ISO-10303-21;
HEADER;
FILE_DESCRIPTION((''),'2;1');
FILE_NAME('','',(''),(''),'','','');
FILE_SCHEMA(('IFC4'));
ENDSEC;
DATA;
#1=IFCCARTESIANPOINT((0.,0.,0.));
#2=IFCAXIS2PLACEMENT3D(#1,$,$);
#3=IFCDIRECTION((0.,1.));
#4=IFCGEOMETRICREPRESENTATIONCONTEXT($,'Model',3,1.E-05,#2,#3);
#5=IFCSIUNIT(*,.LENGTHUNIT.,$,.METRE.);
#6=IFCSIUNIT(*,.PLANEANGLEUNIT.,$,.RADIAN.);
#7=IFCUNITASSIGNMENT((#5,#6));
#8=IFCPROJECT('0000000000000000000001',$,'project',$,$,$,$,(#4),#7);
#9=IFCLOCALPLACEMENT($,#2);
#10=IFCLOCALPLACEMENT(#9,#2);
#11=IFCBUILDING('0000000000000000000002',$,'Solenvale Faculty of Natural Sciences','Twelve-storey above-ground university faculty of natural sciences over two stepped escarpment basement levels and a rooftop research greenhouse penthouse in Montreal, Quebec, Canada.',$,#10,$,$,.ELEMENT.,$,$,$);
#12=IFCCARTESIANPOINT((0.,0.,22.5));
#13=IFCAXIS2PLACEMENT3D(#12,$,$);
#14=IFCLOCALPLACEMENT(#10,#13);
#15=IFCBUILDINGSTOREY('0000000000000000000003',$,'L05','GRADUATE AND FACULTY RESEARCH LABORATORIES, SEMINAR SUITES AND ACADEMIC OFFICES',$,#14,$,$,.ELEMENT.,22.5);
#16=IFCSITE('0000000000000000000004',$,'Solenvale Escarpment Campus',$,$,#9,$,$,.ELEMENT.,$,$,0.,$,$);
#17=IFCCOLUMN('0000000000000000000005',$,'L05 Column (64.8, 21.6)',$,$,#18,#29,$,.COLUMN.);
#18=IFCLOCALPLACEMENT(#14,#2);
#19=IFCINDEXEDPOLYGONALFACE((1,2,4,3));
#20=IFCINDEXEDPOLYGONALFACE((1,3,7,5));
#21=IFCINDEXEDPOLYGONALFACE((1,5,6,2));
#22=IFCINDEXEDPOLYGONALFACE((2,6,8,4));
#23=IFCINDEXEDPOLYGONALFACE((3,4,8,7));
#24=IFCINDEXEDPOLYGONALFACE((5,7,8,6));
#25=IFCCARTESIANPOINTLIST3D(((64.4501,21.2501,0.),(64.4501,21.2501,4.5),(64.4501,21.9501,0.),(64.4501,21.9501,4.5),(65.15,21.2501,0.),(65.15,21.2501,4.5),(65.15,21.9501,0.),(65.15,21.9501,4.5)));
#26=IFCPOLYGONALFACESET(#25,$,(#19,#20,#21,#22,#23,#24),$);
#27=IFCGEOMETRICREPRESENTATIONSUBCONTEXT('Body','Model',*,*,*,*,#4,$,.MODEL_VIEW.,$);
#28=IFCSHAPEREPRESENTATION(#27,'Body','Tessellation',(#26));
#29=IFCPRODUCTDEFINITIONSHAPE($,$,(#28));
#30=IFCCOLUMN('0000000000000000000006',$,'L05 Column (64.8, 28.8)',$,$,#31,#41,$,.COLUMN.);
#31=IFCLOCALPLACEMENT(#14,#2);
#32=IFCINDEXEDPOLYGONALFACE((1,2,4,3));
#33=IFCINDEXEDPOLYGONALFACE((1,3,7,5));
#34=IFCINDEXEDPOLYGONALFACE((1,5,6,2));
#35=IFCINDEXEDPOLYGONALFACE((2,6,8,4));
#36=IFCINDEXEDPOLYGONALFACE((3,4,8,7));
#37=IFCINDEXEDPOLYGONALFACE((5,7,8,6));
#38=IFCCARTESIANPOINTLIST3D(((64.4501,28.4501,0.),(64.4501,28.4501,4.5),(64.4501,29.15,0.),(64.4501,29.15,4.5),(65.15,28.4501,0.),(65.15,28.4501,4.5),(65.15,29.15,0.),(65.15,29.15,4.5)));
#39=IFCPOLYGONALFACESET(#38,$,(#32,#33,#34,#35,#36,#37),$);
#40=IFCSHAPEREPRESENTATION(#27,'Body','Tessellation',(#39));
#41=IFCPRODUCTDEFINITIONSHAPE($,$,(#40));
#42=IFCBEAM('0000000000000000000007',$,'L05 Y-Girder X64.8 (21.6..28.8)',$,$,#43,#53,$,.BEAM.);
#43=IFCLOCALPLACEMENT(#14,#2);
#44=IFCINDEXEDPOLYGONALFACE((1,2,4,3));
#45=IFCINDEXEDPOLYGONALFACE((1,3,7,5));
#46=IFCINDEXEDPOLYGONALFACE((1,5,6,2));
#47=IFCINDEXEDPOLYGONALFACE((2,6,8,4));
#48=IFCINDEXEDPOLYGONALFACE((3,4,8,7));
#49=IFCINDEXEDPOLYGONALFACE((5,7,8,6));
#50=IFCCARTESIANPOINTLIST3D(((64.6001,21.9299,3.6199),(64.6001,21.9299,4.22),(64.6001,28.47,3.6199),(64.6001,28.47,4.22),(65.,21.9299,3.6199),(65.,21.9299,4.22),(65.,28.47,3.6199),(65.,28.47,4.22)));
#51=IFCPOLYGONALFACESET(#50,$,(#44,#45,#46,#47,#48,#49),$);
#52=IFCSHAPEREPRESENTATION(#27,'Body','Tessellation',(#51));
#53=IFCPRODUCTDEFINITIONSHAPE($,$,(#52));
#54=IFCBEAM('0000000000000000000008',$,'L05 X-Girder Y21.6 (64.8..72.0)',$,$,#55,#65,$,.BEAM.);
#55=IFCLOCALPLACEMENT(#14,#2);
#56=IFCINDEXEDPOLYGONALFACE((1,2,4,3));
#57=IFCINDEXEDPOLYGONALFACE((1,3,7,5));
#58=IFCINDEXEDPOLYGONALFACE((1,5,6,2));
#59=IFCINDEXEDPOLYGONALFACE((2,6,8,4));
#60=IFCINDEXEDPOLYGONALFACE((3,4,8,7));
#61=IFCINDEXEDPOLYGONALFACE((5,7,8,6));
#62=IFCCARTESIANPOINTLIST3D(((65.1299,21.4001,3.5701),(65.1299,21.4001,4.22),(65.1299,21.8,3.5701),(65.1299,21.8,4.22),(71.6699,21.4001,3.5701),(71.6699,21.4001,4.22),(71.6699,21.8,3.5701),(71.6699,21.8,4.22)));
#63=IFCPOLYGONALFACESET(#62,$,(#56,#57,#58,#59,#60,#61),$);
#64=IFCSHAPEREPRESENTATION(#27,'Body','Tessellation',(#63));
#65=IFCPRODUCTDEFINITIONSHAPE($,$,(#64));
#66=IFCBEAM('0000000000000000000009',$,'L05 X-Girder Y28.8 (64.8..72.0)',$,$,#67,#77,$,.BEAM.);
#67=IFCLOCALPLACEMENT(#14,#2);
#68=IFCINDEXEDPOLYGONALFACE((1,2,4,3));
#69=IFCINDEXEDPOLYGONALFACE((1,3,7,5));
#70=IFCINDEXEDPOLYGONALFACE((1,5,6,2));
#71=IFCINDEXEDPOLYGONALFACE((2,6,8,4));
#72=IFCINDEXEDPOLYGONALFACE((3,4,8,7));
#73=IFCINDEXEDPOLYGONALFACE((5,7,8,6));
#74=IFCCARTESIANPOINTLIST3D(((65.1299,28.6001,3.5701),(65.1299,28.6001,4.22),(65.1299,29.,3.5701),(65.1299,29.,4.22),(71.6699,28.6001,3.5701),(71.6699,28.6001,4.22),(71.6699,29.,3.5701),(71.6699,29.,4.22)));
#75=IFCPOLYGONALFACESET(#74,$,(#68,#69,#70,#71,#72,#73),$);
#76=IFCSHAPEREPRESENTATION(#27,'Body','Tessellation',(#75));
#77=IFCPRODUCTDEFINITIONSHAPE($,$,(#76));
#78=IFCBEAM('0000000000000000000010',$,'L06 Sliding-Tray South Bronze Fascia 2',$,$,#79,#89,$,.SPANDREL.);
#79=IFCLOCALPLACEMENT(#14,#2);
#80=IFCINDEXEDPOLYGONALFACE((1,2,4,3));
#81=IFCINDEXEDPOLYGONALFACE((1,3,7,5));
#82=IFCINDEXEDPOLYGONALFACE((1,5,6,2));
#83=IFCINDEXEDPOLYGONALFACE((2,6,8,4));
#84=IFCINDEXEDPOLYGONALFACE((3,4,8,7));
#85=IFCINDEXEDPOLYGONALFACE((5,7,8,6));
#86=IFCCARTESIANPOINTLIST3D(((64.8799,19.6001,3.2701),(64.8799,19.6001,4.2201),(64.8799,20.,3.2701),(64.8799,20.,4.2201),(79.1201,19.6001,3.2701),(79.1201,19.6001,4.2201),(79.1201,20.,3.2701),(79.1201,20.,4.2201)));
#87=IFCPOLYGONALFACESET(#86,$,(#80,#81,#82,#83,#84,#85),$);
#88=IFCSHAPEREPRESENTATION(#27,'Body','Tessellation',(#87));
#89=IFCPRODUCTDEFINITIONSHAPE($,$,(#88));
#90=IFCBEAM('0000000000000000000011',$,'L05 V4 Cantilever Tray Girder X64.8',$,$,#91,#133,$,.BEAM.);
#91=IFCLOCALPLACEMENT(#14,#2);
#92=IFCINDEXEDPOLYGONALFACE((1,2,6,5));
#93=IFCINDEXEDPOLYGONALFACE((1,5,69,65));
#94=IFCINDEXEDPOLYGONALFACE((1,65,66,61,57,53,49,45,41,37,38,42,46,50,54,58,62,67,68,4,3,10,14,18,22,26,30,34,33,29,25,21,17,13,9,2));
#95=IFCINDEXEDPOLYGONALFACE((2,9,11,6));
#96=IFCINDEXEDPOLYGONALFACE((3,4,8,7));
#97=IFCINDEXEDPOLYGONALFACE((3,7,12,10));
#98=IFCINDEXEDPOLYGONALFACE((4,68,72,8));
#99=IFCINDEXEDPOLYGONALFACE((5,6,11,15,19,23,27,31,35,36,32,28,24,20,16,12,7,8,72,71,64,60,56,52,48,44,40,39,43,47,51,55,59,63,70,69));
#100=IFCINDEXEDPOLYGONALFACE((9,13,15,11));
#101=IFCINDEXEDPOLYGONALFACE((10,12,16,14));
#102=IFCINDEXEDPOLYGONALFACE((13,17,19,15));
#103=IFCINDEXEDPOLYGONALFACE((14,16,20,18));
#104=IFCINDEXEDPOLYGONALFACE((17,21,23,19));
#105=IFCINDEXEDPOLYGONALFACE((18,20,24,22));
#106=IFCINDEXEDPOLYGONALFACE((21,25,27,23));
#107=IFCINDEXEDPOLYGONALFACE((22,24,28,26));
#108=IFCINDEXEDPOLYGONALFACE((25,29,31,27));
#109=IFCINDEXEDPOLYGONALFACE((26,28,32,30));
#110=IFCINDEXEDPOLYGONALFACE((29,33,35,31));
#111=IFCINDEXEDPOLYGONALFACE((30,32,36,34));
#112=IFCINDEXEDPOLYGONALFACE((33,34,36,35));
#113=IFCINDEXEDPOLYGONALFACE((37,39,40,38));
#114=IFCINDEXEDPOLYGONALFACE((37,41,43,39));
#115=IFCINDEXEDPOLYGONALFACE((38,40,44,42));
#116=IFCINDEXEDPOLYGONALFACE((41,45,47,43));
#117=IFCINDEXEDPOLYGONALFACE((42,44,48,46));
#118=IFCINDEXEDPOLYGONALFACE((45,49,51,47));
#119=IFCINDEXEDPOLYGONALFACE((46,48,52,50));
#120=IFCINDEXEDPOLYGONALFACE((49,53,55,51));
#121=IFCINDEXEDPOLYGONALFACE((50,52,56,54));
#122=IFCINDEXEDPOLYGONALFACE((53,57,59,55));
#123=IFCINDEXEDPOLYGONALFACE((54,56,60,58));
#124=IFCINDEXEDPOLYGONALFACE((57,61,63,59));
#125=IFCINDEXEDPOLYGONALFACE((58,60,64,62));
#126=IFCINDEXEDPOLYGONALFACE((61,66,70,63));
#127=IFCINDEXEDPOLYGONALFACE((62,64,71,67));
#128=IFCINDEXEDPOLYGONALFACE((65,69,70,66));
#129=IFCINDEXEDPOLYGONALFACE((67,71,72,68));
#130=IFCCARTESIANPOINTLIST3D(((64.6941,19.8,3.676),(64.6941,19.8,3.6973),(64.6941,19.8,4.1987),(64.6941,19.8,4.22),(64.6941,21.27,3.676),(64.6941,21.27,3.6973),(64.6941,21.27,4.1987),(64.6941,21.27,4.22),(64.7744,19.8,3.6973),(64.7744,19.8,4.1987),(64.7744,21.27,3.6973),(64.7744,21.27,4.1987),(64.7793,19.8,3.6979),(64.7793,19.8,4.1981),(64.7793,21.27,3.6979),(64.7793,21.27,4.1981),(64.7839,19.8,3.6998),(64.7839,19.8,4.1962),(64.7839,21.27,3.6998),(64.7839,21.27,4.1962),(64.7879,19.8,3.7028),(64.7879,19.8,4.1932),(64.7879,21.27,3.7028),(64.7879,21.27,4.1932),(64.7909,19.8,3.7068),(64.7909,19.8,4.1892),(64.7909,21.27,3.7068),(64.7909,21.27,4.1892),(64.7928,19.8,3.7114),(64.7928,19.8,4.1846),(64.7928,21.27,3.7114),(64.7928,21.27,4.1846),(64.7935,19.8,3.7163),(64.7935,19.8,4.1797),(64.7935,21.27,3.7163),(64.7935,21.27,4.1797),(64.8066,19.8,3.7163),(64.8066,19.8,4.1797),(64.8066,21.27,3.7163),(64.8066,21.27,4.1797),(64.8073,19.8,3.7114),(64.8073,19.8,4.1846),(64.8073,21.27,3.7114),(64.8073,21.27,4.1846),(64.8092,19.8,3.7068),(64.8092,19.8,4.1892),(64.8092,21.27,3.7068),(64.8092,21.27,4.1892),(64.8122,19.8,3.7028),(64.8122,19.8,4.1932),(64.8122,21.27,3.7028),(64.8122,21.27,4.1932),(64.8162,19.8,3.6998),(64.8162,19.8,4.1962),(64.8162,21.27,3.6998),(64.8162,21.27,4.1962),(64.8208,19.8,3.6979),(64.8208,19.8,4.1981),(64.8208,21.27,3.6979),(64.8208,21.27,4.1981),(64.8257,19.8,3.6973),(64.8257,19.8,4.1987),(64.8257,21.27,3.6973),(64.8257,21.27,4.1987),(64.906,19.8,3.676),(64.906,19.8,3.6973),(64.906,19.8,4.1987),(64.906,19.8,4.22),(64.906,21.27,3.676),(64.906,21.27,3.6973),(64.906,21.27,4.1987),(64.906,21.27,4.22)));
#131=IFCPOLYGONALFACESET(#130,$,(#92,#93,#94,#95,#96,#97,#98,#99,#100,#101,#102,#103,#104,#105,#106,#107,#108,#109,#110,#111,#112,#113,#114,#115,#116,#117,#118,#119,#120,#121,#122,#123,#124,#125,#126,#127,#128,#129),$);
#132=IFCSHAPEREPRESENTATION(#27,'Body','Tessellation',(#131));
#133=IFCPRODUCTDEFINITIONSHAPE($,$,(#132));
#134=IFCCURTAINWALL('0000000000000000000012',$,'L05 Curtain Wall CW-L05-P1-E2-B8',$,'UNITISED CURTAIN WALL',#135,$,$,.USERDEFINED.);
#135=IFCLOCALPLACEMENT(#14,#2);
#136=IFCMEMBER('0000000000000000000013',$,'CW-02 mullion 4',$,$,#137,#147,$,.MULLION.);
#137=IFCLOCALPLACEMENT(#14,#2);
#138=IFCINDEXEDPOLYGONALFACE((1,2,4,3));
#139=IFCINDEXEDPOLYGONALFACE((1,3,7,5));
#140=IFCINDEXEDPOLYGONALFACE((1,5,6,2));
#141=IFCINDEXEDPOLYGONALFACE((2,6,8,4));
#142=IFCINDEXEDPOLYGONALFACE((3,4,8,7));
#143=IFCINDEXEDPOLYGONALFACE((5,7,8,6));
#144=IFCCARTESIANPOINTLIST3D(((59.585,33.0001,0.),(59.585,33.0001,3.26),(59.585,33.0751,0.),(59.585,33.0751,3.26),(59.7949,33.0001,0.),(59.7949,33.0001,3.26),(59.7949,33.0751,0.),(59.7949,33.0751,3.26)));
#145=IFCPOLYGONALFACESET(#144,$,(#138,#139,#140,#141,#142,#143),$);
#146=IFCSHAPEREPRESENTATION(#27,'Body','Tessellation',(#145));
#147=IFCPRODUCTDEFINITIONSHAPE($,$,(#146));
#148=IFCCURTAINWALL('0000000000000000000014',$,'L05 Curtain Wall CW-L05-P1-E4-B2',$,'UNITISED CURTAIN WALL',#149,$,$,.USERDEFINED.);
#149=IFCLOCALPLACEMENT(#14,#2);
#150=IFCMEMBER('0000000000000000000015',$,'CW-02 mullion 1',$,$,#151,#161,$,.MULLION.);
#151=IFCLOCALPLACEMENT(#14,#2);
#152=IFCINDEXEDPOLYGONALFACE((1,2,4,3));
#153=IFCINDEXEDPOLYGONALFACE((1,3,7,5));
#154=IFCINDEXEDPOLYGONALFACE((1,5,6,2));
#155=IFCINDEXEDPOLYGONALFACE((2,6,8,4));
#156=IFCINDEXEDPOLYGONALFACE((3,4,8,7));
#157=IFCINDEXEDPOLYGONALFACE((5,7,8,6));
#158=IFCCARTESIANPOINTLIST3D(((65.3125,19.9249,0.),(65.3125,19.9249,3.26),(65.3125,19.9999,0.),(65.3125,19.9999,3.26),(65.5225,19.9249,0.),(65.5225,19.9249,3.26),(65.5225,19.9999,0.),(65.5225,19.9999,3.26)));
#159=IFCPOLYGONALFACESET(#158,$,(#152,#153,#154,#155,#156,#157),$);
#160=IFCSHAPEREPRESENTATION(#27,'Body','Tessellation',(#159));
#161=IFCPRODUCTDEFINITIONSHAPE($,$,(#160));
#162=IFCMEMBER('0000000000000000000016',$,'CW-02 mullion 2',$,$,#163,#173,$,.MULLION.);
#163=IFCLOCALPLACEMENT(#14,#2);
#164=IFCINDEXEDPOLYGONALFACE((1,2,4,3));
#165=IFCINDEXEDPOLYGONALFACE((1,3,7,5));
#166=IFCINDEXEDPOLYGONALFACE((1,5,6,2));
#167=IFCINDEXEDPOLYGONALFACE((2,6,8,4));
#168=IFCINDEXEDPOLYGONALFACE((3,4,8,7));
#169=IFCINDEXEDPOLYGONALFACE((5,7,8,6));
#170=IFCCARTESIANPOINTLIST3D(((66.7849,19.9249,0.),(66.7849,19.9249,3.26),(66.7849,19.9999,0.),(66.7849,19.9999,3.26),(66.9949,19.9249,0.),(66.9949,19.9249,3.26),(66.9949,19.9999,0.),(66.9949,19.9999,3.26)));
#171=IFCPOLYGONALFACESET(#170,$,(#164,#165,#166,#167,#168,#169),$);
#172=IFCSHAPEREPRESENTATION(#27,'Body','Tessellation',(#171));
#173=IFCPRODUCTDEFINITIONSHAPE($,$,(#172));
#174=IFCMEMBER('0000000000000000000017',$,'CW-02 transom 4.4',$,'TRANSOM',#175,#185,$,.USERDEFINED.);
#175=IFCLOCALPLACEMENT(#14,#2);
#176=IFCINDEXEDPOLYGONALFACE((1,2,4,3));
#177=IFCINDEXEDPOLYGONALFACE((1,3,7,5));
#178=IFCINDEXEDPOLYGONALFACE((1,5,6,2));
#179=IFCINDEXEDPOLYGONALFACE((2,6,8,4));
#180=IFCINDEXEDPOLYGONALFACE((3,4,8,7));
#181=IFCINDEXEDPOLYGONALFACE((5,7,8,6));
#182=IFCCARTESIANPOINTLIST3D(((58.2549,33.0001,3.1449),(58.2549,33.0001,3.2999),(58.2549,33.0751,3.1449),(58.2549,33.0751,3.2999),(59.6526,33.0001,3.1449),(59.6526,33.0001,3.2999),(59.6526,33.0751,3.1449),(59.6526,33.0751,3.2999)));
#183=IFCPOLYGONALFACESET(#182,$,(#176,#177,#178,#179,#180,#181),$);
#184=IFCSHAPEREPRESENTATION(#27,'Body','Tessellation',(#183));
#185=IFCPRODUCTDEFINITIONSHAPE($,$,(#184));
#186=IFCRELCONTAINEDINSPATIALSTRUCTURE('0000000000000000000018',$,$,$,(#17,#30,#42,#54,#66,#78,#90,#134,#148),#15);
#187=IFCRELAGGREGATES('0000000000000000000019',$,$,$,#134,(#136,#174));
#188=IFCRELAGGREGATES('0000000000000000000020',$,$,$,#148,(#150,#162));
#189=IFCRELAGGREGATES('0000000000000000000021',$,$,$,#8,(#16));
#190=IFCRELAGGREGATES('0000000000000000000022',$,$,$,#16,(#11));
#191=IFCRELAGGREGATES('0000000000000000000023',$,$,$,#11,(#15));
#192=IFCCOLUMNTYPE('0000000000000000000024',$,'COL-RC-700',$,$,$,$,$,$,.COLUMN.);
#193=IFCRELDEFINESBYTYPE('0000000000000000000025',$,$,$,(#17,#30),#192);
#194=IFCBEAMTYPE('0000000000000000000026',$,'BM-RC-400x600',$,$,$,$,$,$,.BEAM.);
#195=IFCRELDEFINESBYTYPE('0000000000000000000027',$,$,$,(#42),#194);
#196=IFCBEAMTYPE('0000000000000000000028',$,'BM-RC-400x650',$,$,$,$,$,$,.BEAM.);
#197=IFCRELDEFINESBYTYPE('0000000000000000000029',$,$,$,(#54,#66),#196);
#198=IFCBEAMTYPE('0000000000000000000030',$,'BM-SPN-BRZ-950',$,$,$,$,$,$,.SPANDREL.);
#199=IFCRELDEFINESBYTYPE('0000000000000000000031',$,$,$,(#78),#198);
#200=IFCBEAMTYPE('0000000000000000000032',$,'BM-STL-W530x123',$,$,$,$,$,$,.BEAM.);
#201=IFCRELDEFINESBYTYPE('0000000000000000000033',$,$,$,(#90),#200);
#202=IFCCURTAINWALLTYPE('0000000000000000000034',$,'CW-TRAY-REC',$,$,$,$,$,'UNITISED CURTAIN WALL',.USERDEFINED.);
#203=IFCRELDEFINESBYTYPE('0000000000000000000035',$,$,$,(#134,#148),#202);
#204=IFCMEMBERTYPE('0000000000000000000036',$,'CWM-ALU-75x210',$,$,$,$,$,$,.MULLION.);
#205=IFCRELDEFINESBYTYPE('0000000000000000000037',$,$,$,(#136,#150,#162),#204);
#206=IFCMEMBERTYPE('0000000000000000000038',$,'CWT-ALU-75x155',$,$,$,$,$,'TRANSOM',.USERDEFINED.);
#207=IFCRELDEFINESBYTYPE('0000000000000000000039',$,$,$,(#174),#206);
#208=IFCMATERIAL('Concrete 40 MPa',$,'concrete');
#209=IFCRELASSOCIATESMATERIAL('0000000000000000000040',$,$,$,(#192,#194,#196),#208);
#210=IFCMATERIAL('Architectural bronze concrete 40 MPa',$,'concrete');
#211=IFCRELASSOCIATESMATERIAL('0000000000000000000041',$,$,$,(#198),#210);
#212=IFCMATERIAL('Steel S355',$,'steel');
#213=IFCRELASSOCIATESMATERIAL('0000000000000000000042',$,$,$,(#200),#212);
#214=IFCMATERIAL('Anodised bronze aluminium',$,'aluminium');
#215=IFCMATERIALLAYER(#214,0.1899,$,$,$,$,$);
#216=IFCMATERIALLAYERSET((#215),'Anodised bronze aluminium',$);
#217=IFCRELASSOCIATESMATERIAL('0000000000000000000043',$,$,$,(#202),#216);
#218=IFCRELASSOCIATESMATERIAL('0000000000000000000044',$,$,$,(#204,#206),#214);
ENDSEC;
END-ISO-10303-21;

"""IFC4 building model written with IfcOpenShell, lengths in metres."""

from ifc_helpers import new_model, si_unit, direction, frame, origin, origin_2d, place, context, subcontext, project, spatial, rectangle, i_section, extrude, material, layer, layer_set, material_profile, profile_set, type_object, element, aggregate, save


model = new_model("IFC4")

# Units and contexts
model_context = context("Model", 3, precision=1e-05, world=origin(), true_north=direction((0.0, 1.0)))
body_context = subcontext(model_context, "Body", "Model", "MODEL_VIEW")
ifc_project = project(units=[si_unit("LENGTHUNIT", "METRE"), si_unit("PLANEANGLEUNIT", "RADIAN")], contexts=[model_context])

# Site, building, storey
site_placement = place(None, origin())
site = spatial("IfcSite", under=ifc_project, at=site_placement, Name="Solenvale Escarpment Campus", CompositionType="ELEMENT", RefElevation=0.0)
building_placement = place(site_placement, origin())
building = spatial("IfcBuilding", under=site, at=building_placement, Name="Solenvale Faculty of Natural Sciences", Description="Twelve-storey above-ground university faculty of natural sciences over two stepped escarpment basement levels and a rooftop research greenhouse penthouse in Montreal, Quebec, Canada.", CompositionType="ELEMENT")
storey_placement = place(building_placement, frame((0.0, 0.0, 22.5)))
storey = spatial("IfcBuildingStorey", under=building, at=storey_placement, Name="L05", Description="GRADUATE AND FACULTY RESEARCH LABORATORIES, SEMINAR SUITES AND ACADEMIC OFFICES", CompositionType="ELEMENT", Elevation=22.5)

# Columns
ifc_material_1 = material(Name="Concrete 40 MPa", Category="concrete")
ifc_material_profile_1 = material_profile(ifc_material_1, rectangle(XDim=0.7, YDim=0.7, at=origin_2d()), Name="RC-COL-700x700")
ifc_profile_set_1 = profile_set([ifc_material_profile_1], Name="Concrete 40 MPa")
column_type = type_object("IfcColumnType", Name="COL-RC-700", PredefinedType="COLUMN", material=ifc_profile_set_1)
for number, where, z_axis, x_axis, name in (
    (1, (64.8, 21.6001, 0.0), (0.0, 0.0, 1.0), (1.0, 0.0, 0.0), "L05 Column (64.8, 21.6)"),
    (2, (64.8, 28.8, 0.0), (0.0, 0.0, 1.0), (1.0, 0.0, 0.0), "L05 Column (64.8, 28.8)"),
):
    element("IfcColumn", number, at=place(storey_placement, frame(where, z_axis=z_axis, x_axis=x_axis)), inside=storey, type_object=column_type, Name=name, PredefinedType="COLUMN", context=body_context, shape_type="SweptSolid", body=[
        extrude(rectangle(XDim=0.7, YDim=0.7, at=origin_2d()), origin(), (0.0, 0.0, 1.0), 4.5),
    ])

# Beams
ifc_material_profile_2 = material_profile(ifc_material_1, rectangle(XDim=0.3999, YDim=0.6001, at=origin_2d()), Name="RC-BM-400x600")
ifc_profile_set_2 = profile_set([ifc_material_profile_2], Name="Concrete 40 MPa")
beam_type_1 = type_object("IfcBeamType", Name="BM-RC-400x600", PredefinedType="BEAM", material=ifc_profile_set_2)
beam_1_placement = place(storey_placement, frame((64.8, 21.9299, 3.9199), z_axis=(0.0, 1.0, 0.0), x_axis=(-1.0, 0.0, 0.0)))
element("IfcBeam", 3, at=beam_1_placement, inside=storey, type_object=beam_type_1, Name="L05 Y-Girder X64.8 (21.6..28.8)", PredefinedType="BEAM", context=body_context, shape_type="SweptSolid", body=[
    extrude(rectangle(XDim=0.3999, YDim=0.6001, at=origin_2d()), origin(), (0.0, 0.0, 1.0), 6.54),
])
ifc_material_profile_3 = material_profile(ifc_material_1, rectangle(XDim=0.3999, YDim=0.6499, at=origin_2d()), Name="RC-BM-400x650")
ifc_profile_set_3 = profile_set([ifc_material_profile_3], Name="Concrete 40 MPa")
beam_type_2 = type_object("IfcBeamType", Name="BM-RC-400x650", PredefinedType="BEAM", material=ifc_profile_set_3)
for number, where, z_axis, x_axis, name in (
    (4, (65.1299, 21.6001, 3.895), (1.0, 0.0, 0.0), (0.0, 1.0, 0.0), "L05 X-Girder Y21.6 (64.8..72.0)"),
    (5, (65.1299, 28.8, 3.895), (1.0, 0.0, 0.0), (0.0, 1.0, 0.0), "L05 X-Girder Y28.8 (64.8..72.0)"),
):
    element("IfcBeam", number, at=place(storey_placement, frame(where, z_axis=z_axis, x_axis=x_axis)), inside=storey, type_object=beam_type_2, Name=name, PredefinedType="BEAM", context=body_context, shape_type="SweptSolid", body=[
        extrude(rectangle(XDim=0.3999, YDim=0.6499, at=origin_2d()), origin(), (0.0, 0.0, 1.0), 6.54),
    ])
ifc_material_2 = material(Name="Architectural bronze concrete 40 MPa", Category="concrete")
ifc_material_profile_4 = material_profile(ifc_material_2, rectangle(XDim=0.3999, YDim=0.95, at=origin_2d()), Name="RC-SPN-400x950")
ifc_profile_set_4 = profile_set([ifc_material_profile_4], Name="Architectural bronze concrete 40 MPa")
beam_type_3 = type_object("IfcBeamType", Name="BM-SPN-BRZ-950", PredefinedType="SPANDREL", material=ifc_profile_set_4)
beam_2_placement = place(storey_placement, frame((64.8799, 19.8, 3.7451), z_axis=(1.0, 0.0, 0.0), x_axis=(0.0, 1.0, 0.0)))
element("IfcBeam", 6, at=beam_2_placement, inside=storey, type_object=beam_type_3, Name="L06 Sliding-Tray South Bronze Fascia 2", PredefinedType="SPANDREL", context=body_context, shape_type="SweptSolid", body=[
    extrude(rectangle(XDim=0.3999, YDim=0.95, at=origin_2d()), origin(), (0.0, 0.0, 1.0), 14.2402),
])
ifc_material_3 = material(Name="Steel S355", Category="steel")
ifc_material_profile_5 = material_profile(ifc_material_3, i_section(OverallWidth=0.2119, OverallDepth=0.5439, WebThickness=0.0132, FlangeThickness=0.0212, FilletRadius=0.019, at=origin_2d()), Name="W530x123")
ifc_profile_set_5 = profile_set([ifc_material_profile_5], Name="Steel S355")
beam_type_4 = type_object("IfcBeamType", Name="BM-STL-W530x123", PredefinedType="BEAM", material=ifc_profile_set_5)
beam_3_placement = place(storey_placement, frame((64.8, 21.27, 3.948), z_axis=(0.0, -1.0, 0.0), x_axis=(1.0, 0.0, 0.0)))
element("IfcBeam", 7, at=beam_3_placement, inside=storey, type_object=beam_type_4, Name="L05 V4 Cantilever Tray Girder X64.8", PredefinedType="BEAM", context=body_context, shape_type="SweptSolid", body=[
    extrude(i_section(OverallWidth=0.2119, OverallDepth=0.5439, WebThickness=0.0132, FlangeThickness=0.0212, FilletRadius=0.019, at=origin_2d()), origin(), (0.0, 0.0, 1.0), 1.47),
])

# Curtain wall, member
ifc_material_4 = material(Name="Anodised bronze aluminium", Category="aluminium")
ifc_layer_1 = layer(ifc_material_4, 0.1899)
ifc_layer_set_1 = layer_set([ifc_layer_1], Name="Anodised bronze aluminium")
curtain_wall_type = type_object("IfcCurtainWallType", Name="CW-TRAY-REC", ElementType="UNITISED CURTAIN WALL", PredefinedType="USERDEFINED", material=ifc_layer_set_1)
curtain_wall_1_placement = place(storey_placement, origin())
curtain_wall_1 = element("IfcCurtainWall", 8, at=curtain_wall_1_placement, inside=storey, type_object=curtain_wall_type, Name="L05 Curtain Wall CW-L05-P1-E2-B8", ObjectType="UNITISED CURTAIN WALL", PredefinedType="USERDEFINED")
ifc_material_profile_6 = material_profile(ifc_material_4, rectangle(XDim=0.075, YDim=0.21, at=origin_2d()), Name="ALU-MUL-75x210")
ifc_profile_set_6 = profile_set([ifc_material_profile_6], Name="Anodised bronze aluminium")
member_type_1 = type_object("IfcMemberType", Name="CWM-ALU-75x210", PredefinedType="MULLION", material=ifc_profile_set_6)
member_1_placement = place(storey_placement, frame((59.6899, 33.0376, 0.0), z_axis=(0.0, 0.0, 1.0), x_axis=(0.0, -1.0, 0.0)))
member_1 = element("IfcMember", 9, at=member_1_placement, type_object=member_type_1, Name="CW-02 mullion 4", PredefinedType="MULLION", context=body_context, shape_type="SweptSolid", body=[
    extrude(rectangle(XDim=0.075, YDim=0.21, at=origin_2d()), origin(), (0.0, 0.0, 1.0), 3.26),
])

# Curtain wall, members
curtain_wall_2_placement = place(storey_placement, origin())
curtain_wall_2 = element("IfcCurtainWall", 10, at=curtain_wall_2_placement, inside=storey, type_object=curtain_wall_type, Name="L05 Curtain Wall CW-L05-P1-E4-B2", ObjectType="UNITISED CURTAIN WALL", PredefinedType="USERDEFINED")
member_2_placement = place(storey_placement, frame((65.4175, 19.9624, 0.0), z_axis=(0.0, 0.0, 1.0), x_axis=(0.0, 1.0, 0.0)))
member_2 = element("IfcMember", 11, at=member_2_placement, type_object=member_type_1, Name="CW-02 mullion 1", PredefinedType="MULLION", context=body_context, shape_type="SweptSolid", body=[
    extrude(rectangle(XDim=0.075, YDim=0.21, at=origin_2d()), origin(), (0.0, 0.0, 1.0), 3.26),
])
member_3_placement = place(storey_placement, frame((66.8899, 19.9624, 0.0), z_axis=(0.0, 0.0, 1.0), x_axis=(0.0, 1.0, 0.0)))
member_3 = element("IfcMember", 12, at=member_3_placement, type_object=member_type_1, Name="CW-02 mullion 2", PredefinedType="MULLION", context=body_context, shape_type="SweptSolid", body=[
    extrude(rectangle(XDim=0.075, YDim=0.21, at=origin_2d()), origin(), (0.0, 0.0, 1.0), 3.26),
])

# Member
ifc_material_profile_7 = material_profile(ifc_material_4, rectangle(XDim=0.075, YDim=0.155, at=origin_2d()), Name="ALU-TRN-75x155")
ifc_profile_set_7 = profile_set([ifc_material_profile_7], Name="Anodised bronze aluminium")
member_type_2 = type_object("IfcMemberType", Name="CWT-ALU-75x155", ElementType="TRANSOM", PredefinedType="USERDEFINED", material=ifc_profile_set_7)
member_4_placement = place(storey_placement, frame((59.6526, 33.0376, 3.2224), z_axis=(-1.0, 0.0, 0.0), x_axis=(0.0, -1.0, 0.0)))
member_4 = element("IfcMember", 13, at=member_4_placement, type_object=member_type_2, Name="CW-02 transom 4.4", ObjectType="TRANSOM", PredefinedType="USERDEFINED", context=body_context, shape_type="SweptSolid", body=[
    extrude(rectangle(XDim=0.075, YDim=0.155, at=origin_2d()), origin(), (0.0, 0.0, 1.0), 1.3977),
])

aggregate(curtain_wall_1, [member_1, member_4])
aggregate(curtain_wall_2, [member_2, member_3])

save(model, "model.ifc")
